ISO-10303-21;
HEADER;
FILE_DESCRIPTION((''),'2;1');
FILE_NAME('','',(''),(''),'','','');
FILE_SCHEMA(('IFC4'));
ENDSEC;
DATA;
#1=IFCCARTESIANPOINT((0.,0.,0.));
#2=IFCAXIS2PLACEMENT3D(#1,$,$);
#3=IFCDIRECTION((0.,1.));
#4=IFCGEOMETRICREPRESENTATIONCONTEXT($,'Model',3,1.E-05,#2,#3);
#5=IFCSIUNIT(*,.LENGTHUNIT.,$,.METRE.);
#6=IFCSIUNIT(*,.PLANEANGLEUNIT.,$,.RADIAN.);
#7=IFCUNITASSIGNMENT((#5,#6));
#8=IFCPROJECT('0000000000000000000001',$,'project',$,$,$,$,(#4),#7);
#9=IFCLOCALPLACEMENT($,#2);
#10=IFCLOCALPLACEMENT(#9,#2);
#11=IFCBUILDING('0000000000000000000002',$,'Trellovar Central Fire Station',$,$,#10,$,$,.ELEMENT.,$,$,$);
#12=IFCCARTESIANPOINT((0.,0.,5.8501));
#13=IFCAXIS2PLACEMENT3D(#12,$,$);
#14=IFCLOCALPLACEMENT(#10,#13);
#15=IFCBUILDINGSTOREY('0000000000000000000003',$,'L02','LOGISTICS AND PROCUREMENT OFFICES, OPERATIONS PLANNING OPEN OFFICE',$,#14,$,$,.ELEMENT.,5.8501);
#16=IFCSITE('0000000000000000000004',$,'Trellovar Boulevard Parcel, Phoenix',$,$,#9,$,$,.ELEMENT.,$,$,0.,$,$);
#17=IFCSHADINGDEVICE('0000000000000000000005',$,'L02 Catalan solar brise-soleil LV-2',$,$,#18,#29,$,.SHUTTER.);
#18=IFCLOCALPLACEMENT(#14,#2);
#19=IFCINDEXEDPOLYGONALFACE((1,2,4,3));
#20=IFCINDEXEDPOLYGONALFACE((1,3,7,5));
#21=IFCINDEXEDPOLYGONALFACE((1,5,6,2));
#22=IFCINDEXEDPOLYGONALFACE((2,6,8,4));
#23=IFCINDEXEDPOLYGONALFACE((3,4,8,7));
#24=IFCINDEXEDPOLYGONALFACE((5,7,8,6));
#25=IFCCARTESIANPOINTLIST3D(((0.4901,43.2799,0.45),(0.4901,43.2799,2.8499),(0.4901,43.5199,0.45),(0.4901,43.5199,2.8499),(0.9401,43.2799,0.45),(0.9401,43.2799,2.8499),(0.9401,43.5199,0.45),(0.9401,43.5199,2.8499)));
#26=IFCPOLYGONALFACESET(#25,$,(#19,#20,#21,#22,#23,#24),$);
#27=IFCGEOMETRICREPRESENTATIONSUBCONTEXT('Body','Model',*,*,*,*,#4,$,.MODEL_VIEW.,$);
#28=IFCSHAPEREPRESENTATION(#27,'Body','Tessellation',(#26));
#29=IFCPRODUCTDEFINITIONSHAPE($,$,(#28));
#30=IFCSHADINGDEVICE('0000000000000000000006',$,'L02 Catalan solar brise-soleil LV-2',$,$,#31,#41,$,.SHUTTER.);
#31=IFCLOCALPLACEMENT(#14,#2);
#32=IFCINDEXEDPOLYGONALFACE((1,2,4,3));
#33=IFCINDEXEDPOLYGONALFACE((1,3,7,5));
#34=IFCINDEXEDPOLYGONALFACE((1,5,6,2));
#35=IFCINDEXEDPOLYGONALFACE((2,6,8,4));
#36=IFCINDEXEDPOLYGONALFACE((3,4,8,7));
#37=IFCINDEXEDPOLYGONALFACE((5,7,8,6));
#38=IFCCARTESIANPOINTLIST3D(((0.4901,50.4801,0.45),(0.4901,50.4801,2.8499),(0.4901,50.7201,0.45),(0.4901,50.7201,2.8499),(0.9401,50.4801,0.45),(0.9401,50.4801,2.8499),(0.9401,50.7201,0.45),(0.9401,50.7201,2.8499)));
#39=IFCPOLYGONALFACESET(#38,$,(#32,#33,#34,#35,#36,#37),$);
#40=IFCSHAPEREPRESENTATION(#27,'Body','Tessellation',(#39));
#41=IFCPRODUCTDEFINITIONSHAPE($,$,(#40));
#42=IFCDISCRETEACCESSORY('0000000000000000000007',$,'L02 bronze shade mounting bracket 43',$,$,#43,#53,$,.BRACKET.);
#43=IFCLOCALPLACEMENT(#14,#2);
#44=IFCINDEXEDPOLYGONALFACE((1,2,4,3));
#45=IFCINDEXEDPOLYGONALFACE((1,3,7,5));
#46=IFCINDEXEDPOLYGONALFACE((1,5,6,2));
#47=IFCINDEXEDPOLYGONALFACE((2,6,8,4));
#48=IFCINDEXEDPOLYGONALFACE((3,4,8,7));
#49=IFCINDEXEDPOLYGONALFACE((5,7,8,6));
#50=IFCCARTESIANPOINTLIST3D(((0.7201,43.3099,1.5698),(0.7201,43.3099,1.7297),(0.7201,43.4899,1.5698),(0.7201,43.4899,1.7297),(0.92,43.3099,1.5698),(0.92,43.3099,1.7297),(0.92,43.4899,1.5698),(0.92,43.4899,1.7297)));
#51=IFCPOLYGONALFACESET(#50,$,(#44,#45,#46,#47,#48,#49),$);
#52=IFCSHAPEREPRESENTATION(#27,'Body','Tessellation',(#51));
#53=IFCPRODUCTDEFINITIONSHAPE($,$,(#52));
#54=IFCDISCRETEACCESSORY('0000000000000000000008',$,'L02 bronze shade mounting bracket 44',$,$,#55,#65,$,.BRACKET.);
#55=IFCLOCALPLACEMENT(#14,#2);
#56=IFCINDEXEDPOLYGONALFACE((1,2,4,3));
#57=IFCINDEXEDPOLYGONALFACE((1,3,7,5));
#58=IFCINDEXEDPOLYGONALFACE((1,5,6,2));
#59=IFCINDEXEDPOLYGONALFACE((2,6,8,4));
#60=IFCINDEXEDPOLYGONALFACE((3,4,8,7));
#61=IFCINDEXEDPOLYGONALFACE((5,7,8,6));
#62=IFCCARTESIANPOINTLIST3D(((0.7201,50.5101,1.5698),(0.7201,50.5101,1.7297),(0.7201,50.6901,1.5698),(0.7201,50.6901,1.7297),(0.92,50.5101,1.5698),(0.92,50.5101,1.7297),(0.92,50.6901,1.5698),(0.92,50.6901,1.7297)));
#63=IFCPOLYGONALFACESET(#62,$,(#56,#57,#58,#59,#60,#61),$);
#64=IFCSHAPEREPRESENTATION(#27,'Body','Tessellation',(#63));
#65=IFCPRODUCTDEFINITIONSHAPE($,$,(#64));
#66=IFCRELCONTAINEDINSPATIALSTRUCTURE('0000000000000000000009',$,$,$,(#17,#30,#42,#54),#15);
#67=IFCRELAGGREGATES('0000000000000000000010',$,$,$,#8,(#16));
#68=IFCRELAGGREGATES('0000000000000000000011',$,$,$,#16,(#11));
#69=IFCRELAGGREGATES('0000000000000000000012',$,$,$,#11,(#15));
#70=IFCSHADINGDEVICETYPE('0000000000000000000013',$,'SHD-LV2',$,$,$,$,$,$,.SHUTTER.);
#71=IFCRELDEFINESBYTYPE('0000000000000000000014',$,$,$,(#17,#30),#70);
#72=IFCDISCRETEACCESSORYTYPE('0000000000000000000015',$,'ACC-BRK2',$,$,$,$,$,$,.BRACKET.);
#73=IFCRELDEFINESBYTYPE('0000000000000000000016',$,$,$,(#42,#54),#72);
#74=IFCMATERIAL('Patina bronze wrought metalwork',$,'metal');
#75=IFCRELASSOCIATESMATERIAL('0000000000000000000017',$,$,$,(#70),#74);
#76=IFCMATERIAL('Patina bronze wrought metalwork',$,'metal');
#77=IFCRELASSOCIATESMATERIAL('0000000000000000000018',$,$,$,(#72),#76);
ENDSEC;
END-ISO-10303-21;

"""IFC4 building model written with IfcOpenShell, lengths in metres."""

from ifc_helpers import new_model, si_unit, direction, frame, origin, origin_2d, place, context, subcontext, project, spatial, rectangle, extrude, material, type_object, element, save


model = new_model("IFC4")

# Units and contexts
model_context = context("Model", 3, precision=1e-05, world=origin(), true_north=direction((0.0, 1.0)))
body_context = subcontext(model_context, "Body", "Model", "MODEL_VIEW")
ifc_project = project(units=[si_unit("LENGTHUNIT", "METRE"), si_unit("PLANEANGLEUNIT", "RADIAN")], contexts=[model_context])

# Site, building, storey
site_placement = place(None, origin())
site = spatial("IfcSite", under=ifc_project, at=site_placement, Name="Trellovar Boulevard Parcel, Phoenix", CompositionType="ELEMENT", RefElevation=0.0)
building_placement = place(site_placement, origin())
building = spatial("IfcBuilding", under=site, at=building_placement, Name="Trellovar Central Fire Station", CompositionType="ELEMENT")
storey_placement = place(building_placement, frame((0.0, 0.0, 5.8501)))
storey = spatial("IfcBuildingStorey", under=building, at=storey_placement, Name="L02", Description="LOGISTICS AND PROCUREMENT OFFICES, OPERATIONS PLANNING OPEN OFFICE", CompositionType="ELEMENT", Elevation=5.8501)

# Shading devices
ifc_material_1 = material(Name="Patina bronze wrought metalwork", Category="metal")
shading_device_type = type_object("IfcShadingDeviceType", Name="SHD-LV2", PredefinedType="SHUTTER", material=ifc_material_1)
for number, where, z_axis, x_axis, name in (
    (1, (0.7151, 43.3999, 0.45), (0.0, 0.0, 1.0), (1.0, 0.0, 0.0), "L02 Catalan solar brise-soleil LV-2"),
    (2, (0.7151, 50.6001, 0.45), (0.0, 0.0, 1.0), (1.0, 0.0, 0.0), "L02 Catalan solar brise-soleil LV-2"),
):
    element("IfcShadingDevice", number, at=place(storey_placement, frame(where, z_axis=z_axis, x_axis=x_axis)), inside=storey, type_object=shading_device_type, Name=name, PredefinedType="SHUTTER", context=body_context, shape_type="SweptSolid", body=[
        extrude(rectangle(XDim=0.45, YDim=0.24, at=origin_2d()), origin(), (0.0, 0.0, 1.0), 2.3999),
    ])

# Discrete accessories
ifc_material_2 = material(Name="Patina bronze wrought metalwork", Category="metal")
discrete_accessory_type = type_object("IfcDiscreteAccessoryType", Name="ACC-BRK2", PredefinedType="BRACKET", material=ifc_material_2)
for number, where, z_axis, x_axis, name in (
    (3, (0.8201, 43.3999, 1.5698), (0.0, 0.0, 1.0), (1.0, 0.0, 0.0), "L02 bronze shade mounting bracket 43"),
    (4, (0.8201, 50.6001, 1.5698), (0.0, 0.0, 1.0), (1.0, 0.0, 0.0), "L02 bronze shade mounting bracket 44"),
):
    element("IfcDiscreteAccessory", number, at=place(storey_placement, frame(where, z_axis=z_axis, x_axis=x_axis)), inside=storey, type_object=discrete_accessory_type, Name=name, PredefinedType="BRACKET", context=body_context, shape_type="SweptSolid", body=[
        extrude(rectangle(XDim=0.2, YDim=0.1799, at=origin_2d()), origin(), (0.0, 0.0, 1.0), 0.1599),
    ])

save(model, "model.ifc")
